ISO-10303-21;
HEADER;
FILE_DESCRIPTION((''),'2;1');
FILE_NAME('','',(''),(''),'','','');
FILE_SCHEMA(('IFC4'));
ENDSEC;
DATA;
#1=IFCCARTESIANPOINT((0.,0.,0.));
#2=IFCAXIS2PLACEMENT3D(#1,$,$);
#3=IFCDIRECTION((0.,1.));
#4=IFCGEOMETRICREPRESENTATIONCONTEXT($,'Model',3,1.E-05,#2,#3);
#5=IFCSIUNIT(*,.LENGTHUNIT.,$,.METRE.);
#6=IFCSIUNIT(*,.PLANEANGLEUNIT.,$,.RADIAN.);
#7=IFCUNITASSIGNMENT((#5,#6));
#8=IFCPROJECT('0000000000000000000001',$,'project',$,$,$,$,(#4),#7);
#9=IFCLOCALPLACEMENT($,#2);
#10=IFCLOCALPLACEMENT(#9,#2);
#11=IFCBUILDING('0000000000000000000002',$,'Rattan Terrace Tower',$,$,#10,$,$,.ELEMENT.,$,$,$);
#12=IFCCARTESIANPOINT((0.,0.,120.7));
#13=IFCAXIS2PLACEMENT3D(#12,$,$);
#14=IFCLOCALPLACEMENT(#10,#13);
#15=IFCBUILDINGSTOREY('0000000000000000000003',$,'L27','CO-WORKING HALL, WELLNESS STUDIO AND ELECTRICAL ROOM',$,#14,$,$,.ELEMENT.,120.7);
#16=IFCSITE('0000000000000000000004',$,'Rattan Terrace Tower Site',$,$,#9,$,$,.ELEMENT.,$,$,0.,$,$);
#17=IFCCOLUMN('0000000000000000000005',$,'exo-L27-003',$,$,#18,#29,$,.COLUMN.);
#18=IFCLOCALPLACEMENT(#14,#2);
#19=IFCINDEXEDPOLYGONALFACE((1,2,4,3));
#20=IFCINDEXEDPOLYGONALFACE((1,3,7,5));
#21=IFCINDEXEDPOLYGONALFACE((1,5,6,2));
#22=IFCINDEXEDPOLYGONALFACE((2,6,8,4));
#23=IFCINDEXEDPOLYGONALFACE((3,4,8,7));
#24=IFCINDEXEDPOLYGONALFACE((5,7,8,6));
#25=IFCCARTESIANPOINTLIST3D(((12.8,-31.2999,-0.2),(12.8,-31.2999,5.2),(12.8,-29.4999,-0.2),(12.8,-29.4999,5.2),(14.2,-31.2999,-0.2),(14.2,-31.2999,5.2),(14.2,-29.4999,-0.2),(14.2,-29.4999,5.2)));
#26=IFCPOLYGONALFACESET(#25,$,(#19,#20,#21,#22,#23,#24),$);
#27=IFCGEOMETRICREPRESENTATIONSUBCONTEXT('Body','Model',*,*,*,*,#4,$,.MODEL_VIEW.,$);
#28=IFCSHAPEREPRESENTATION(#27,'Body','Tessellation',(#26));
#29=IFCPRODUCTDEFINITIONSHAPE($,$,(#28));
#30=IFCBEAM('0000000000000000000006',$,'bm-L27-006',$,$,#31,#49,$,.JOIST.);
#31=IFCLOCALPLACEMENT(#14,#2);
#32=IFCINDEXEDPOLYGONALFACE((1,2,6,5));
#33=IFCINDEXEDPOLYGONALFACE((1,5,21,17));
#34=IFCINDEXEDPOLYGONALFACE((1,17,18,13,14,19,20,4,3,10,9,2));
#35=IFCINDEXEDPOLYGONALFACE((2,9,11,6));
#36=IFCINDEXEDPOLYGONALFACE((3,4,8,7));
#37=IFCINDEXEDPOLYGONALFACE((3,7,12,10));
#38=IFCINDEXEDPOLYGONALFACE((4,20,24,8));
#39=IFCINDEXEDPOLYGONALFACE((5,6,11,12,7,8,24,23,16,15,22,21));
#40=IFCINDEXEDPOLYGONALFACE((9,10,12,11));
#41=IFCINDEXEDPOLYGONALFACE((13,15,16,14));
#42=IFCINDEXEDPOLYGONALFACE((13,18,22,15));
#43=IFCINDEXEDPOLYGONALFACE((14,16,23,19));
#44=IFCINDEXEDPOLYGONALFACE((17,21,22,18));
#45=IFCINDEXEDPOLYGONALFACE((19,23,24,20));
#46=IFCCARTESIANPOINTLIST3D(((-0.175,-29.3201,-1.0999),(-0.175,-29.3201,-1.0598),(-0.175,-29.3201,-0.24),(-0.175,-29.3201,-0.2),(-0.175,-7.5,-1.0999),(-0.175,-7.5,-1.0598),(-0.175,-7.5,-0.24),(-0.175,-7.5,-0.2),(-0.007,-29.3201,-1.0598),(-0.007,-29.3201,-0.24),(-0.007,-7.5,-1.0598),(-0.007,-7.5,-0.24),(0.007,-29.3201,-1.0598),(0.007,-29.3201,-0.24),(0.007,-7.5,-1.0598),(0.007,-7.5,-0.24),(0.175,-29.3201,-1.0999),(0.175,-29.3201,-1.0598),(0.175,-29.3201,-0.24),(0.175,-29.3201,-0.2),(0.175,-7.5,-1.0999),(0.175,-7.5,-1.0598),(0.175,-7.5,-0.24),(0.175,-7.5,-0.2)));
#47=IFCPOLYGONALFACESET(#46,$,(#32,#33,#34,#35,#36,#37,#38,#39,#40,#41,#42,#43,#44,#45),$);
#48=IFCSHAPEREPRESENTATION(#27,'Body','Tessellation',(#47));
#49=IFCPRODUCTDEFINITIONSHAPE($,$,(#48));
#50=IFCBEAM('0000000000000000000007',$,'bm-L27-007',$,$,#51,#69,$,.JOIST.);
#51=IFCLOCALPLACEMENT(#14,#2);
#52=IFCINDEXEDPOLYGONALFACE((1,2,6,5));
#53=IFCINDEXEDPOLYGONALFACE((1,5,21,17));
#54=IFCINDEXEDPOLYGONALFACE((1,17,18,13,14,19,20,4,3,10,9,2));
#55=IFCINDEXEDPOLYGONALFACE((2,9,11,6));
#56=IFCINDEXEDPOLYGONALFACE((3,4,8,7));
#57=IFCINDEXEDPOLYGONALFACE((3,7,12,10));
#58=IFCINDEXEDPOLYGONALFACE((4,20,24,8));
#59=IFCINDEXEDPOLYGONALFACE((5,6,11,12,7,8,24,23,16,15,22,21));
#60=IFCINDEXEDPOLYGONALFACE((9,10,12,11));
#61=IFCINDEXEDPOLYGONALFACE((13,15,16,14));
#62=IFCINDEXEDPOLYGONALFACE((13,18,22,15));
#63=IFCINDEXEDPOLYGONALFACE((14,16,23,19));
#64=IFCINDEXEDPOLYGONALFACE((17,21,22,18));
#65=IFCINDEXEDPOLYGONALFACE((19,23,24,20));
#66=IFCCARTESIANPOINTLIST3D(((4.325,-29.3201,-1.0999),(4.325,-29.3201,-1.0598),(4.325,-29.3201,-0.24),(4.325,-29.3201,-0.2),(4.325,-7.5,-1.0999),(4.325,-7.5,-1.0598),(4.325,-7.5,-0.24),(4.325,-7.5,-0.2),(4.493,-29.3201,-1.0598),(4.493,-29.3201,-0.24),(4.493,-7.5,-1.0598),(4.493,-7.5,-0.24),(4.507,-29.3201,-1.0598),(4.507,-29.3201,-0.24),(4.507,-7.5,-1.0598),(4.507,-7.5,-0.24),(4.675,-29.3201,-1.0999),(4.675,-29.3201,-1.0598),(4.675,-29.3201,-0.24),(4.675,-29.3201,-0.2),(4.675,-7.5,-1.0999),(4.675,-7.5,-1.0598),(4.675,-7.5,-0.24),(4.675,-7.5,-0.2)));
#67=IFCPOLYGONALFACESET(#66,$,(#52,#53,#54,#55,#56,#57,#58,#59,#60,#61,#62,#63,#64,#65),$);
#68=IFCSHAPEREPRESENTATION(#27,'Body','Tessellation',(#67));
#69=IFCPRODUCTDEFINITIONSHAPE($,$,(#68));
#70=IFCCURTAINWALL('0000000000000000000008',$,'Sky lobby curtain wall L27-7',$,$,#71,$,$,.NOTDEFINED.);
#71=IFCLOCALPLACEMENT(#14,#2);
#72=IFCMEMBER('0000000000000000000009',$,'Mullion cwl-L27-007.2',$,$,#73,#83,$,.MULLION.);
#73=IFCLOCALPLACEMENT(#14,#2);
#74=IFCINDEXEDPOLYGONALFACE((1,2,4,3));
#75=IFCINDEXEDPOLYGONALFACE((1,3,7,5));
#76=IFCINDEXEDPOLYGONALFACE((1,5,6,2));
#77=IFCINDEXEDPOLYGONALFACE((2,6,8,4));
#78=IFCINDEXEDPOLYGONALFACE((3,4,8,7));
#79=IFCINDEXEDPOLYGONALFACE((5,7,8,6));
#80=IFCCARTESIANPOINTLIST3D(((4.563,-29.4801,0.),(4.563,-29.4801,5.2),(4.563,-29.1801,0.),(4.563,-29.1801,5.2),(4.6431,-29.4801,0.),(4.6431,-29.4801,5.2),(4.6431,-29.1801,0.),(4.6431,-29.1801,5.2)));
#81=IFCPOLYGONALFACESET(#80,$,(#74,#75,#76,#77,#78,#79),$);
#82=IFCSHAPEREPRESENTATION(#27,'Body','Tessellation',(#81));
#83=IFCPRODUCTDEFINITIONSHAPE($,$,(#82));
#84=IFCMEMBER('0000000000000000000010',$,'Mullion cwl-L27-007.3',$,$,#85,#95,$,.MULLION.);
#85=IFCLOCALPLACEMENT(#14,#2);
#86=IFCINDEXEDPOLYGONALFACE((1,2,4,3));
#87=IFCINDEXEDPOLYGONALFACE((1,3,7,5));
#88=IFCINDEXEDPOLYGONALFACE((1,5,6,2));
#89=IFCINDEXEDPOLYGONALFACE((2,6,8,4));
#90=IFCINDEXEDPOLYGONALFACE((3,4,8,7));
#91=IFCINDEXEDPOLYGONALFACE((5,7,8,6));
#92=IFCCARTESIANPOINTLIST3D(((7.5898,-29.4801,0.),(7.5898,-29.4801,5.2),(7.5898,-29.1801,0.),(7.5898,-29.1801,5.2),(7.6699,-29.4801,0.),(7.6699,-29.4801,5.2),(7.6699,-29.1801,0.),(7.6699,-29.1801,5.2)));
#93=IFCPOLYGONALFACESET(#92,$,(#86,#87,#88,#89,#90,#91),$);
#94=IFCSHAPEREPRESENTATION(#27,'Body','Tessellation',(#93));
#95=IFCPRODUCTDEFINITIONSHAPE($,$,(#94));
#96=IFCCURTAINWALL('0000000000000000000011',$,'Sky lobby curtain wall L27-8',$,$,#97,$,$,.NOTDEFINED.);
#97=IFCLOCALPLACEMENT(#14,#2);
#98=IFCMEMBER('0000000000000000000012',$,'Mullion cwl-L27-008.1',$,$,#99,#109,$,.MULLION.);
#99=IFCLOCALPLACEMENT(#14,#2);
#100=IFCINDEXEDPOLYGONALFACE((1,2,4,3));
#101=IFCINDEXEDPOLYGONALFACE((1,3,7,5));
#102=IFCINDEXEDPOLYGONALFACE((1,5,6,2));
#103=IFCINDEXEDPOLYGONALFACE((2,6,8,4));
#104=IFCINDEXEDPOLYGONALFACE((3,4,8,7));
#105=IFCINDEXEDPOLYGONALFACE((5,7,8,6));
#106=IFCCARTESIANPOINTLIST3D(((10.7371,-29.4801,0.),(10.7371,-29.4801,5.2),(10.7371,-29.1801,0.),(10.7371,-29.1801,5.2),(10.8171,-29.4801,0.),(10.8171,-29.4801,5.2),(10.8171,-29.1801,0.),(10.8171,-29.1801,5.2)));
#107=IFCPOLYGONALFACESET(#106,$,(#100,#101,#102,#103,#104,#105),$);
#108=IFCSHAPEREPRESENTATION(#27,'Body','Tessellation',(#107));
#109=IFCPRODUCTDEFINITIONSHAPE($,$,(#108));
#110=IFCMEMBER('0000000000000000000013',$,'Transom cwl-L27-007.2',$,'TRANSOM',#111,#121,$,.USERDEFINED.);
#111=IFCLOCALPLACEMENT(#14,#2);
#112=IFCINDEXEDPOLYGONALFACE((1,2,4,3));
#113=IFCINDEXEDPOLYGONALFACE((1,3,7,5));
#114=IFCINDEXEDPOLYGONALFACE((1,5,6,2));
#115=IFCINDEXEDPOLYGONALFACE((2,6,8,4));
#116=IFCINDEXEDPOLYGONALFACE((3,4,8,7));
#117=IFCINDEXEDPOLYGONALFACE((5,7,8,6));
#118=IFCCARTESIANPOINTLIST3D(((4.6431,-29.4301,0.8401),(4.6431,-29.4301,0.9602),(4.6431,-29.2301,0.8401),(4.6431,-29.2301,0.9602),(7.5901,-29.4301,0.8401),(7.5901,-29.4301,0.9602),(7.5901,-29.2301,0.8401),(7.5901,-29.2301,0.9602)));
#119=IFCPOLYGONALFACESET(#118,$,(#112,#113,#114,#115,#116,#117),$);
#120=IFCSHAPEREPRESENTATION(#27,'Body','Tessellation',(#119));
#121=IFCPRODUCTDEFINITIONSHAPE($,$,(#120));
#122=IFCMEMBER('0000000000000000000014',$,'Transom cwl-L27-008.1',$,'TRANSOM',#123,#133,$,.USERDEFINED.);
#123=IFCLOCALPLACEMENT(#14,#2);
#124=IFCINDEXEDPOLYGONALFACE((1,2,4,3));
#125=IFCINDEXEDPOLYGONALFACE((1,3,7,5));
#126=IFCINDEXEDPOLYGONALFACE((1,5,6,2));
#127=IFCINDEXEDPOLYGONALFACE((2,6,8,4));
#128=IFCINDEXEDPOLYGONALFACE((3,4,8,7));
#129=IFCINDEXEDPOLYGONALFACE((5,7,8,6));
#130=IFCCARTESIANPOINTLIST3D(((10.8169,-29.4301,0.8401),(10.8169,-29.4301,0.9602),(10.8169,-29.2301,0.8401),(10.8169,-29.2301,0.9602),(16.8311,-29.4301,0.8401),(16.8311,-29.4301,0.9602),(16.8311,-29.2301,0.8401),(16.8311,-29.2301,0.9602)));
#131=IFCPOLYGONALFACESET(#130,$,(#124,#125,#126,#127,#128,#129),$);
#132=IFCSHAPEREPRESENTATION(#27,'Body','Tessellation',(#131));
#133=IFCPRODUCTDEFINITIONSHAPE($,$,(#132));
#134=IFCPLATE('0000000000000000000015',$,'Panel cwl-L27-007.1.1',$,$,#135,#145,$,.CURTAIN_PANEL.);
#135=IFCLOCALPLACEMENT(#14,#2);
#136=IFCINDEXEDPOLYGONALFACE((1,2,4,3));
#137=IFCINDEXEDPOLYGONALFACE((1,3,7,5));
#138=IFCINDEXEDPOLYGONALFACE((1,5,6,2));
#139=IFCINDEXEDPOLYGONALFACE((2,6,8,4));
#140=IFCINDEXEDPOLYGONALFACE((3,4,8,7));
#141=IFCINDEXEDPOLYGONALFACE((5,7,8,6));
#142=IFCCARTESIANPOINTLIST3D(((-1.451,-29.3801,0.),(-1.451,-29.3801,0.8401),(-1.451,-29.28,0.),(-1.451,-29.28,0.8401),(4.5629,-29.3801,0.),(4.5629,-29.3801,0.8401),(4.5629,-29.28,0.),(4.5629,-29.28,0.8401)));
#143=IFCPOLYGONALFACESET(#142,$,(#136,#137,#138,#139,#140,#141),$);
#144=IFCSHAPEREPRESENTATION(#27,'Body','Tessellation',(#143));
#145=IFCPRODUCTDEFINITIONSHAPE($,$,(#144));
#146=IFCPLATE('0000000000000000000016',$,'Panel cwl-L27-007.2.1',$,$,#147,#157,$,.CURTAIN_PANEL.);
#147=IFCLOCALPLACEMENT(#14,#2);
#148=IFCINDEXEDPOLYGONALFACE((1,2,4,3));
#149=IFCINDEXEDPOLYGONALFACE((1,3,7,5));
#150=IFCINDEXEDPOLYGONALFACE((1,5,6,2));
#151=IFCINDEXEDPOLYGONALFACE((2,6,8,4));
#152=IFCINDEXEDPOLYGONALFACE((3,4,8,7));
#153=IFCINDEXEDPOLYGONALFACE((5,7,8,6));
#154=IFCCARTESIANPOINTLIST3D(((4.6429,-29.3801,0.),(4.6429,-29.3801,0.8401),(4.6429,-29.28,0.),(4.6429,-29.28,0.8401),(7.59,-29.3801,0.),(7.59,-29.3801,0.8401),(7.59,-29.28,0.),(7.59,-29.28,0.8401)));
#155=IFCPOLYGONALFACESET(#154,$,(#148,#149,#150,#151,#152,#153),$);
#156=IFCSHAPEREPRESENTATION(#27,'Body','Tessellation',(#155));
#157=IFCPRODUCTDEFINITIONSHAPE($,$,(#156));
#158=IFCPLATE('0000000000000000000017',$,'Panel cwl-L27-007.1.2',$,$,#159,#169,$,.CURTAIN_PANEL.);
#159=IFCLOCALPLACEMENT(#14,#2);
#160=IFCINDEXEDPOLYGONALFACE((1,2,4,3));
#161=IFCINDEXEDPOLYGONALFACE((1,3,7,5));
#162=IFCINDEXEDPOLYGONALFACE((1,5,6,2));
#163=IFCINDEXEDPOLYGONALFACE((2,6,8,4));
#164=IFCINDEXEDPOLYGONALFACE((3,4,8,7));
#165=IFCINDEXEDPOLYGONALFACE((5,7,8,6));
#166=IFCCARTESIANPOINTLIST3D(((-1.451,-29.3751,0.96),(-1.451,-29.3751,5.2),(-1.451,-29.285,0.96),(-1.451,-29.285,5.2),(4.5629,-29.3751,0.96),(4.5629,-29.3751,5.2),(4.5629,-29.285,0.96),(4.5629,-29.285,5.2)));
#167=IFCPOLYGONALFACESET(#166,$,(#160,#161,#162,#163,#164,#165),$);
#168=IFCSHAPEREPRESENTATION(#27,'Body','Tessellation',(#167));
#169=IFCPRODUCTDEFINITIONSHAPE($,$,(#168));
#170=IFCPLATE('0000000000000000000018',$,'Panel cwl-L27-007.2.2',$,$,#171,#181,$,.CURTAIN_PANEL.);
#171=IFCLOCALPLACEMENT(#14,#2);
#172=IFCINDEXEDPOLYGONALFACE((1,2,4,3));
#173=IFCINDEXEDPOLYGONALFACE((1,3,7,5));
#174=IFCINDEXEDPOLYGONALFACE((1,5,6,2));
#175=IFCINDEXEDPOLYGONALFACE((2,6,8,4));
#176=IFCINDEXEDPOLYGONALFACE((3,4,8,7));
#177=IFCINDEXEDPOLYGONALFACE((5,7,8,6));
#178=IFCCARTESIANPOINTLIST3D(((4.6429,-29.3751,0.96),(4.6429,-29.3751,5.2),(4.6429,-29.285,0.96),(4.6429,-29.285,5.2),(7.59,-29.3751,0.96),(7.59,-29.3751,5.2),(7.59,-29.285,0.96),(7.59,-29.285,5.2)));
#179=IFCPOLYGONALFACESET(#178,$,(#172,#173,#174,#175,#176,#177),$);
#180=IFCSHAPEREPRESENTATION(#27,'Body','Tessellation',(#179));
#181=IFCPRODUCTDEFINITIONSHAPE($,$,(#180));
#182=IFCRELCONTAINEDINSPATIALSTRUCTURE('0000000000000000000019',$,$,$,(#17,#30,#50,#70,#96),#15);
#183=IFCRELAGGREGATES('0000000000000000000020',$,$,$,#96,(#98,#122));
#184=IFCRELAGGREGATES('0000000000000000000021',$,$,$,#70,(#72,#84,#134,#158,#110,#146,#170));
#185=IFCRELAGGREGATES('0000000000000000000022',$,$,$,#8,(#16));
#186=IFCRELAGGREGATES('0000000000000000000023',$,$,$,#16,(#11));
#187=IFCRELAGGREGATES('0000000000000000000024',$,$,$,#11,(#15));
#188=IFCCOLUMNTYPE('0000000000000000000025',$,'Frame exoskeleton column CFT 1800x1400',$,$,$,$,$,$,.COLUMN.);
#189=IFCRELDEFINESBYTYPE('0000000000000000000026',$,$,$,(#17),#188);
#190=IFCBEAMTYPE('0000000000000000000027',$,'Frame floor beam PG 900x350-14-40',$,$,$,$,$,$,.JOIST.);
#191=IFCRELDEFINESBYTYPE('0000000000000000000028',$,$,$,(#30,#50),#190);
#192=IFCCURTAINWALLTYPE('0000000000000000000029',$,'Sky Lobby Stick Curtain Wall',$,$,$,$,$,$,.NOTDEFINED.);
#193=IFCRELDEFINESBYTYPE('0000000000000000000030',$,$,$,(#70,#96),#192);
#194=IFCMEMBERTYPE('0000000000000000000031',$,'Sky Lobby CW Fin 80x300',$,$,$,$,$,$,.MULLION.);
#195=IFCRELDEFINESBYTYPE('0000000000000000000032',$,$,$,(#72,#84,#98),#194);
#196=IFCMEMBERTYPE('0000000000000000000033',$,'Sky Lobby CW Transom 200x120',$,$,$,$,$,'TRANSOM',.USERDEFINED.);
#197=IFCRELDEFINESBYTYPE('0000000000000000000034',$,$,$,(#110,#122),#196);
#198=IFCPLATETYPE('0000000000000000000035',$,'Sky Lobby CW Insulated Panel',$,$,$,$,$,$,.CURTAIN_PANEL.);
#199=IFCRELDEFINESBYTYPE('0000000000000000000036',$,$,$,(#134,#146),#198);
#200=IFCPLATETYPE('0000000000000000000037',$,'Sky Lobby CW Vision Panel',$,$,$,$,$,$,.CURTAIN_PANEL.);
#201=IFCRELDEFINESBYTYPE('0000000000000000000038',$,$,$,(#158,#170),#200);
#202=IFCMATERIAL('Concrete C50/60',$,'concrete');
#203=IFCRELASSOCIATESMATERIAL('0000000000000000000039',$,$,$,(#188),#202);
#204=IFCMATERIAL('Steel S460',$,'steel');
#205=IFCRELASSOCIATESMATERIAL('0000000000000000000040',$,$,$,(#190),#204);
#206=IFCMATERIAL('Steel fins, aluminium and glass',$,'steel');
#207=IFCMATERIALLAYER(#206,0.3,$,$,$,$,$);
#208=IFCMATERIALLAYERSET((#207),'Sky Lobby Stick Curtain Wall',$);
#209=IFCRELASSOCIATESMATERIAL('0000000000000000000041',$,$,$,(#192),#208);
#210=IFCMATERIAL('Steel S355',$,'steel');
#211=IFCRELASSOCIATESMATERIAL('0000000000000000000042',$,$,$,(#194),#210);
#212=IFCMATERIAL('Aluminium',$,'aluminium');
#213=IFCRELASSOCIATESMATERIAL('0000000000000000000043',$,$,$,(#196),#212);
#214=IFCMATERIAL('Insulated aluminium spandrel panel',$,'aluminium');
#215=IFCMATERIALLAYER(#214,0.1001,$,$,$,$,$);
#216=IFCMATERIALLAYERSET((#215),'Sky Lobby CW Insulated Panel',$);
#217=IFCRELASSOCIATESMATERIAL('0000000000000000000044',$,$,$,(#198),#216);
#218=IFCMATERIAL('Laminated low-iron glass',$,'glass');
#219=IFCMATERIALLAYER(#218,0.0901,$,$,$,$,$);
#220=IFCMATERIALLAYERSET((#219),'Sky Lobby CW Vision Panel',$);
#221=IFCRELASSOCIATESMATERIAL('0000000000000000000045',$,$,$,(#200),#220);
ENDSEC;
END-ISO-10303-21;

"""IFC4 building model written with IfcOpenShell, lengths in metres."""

from ifc_helpers import new_model, si_unit, direction, frame, origin, origin_2d, place, context, subcontext, project, spatial, rectangle, i_section, extrude, material, layer, layer_set, material_profile, profile_set, type_object, element, aggregate, save


model = new_model("IFC4")

# Units and contexts
model_context = context("Model", 3, precision=1e-05, world=origin(), true_north=direction((0.0, 1.0)))
body_context = subcontext(model_context, "Body", "Model", "MODEL_VIEW")
ifc_project = project(units=[si_unit("LENGTHUNIT", "METRE"), si_unit("PLANEANGLEUNIT", "RADIAN")], contexts=[model_context])

# Site, building, storey
site_placement = place(None, origin())
site = spatial("IfcSite", under=ifc_project, at=site_placement, Name="Rattan Terrace Tower Site", CompositionType="ELEMENT", RefElevation=0.0)
building_placement = place(site_placement, origin())
building = spatial("IfcBuilding", under=site, at=building_placement, Name="Rattan Terrace Tower", CompositionType="ELEMENT")
storey_placement = place(building_placement, frame((0.0, 0.0, 120.7)))
storey = spatial("IfcBuildingStorey", under=building, at=storey_placement, Name="L27", Description="CO-WORKING HALL, WELLNESS STUDIO AND ELECTRICAL ROOM", CompositionType="ELEMENT", Elevation=120.7)

# Column
ifc_material_1 = material(Name="Concrete C50/60", Category="concrete")
ifc_material_profile_1 = material_profile(ifc_material_1, rectangle(XDim=1.3999, YDim=1.8, at=origin_2d()), Name="CFT 1800x1400")
ifc_profile_set_1 = profile_set([ifc_material_profile_1], Name="Concrete C50/60")
column_type = type_object("IfcColumnType", Name="Frame exoskeleton column CFT 1800x1400", PredefinedType="COLUMN", material=ifc_profile_set_1)
column_placement = place(storey_placement, frame((13.5, -30.3999, -0.2), z_axis=(0.0, 0.0, 1.0), x_axis=(1.0, 0.0, 0.0)))
element("IfcColumn", 1, at=column_placement, inside=storey, type_object=column_type, Name="exo-L27-003", PredefinedType="COLUMN", context=body_context, shape_type="SweptSolid", body=[
    extrude(rectangle(XDim=1.3999, YDim=1.8, at=origin_2d()), origin(), (0.0, 0.0, 1.0), 5.3999),
])

# Beams
ifc_material_2 = material(Name="Steel S460", Category="steel")
ifc_material_profile_2 = material_profile(ifc_material_2, i_section(OverallWidth=0.3501, OverallDepth=0.8999, WebThickness=0.0139, FlangeThickness=0.04, at=origin_2d()), Name="PG 900x350-14-40")
ifc_profile_set_2 = profile_set([ifc_material_profile_2], Name="Steel S460")
beam_type = type_object("IfcBeamType", Name="Frame floor beam PG 900x350-14-40", PredefinedType="JOIST", material=ifc_profile_set_2)
for number, where, z_axis, x_axis, name in (
    (2, (0.0, -29.3201, -0.6499), (0.0, 1.0, 0.0), (-1.0, 0.0, 0.0), "bm-L27-006"),
    (3, (4.5, -29.3201, -0.6499), (0.0, 1.0, 0.0), (-1.0, 0.0, 0.0), "bm-L27-007"),
):
    element("IfcBeam", number, at=place(storey_placement, frame(where, z_axis=z_axis, x_axis=x_axis)), inside=storey, type_object=beam_type, Name=name, PredefinedType="JOIST", context=body_context, shape_type="SweptSolid", body=[
        extrude(i_section(OverallWidth=0.3501, OverallDepth=0.8999, WebThickness=0.0139, FlangeThickness=0.04, at=origin_2d()), origin(), (0.0, 0.0, 1.0), 21.8201),
    ])

# Curtain wall, members
ifc_material_3 = material(Name="Steel fins, aluminium and glass", Category="steel")
ifc_layer_1 = layer(ifc_material_3, 0.3)
ifc_layer_set_1 = layer_set([ifc_layer_1], Name="Sky Lobby Stick Curtain Wall")
curtain_wall_type = type_object("IfcCurtainWallType", Name="Sky Lobby Stick Curtain Wall", PredefinedType="NOTDEFINED", material=ifc_layer_set_1)
curtain_wall_1_placement = place(storey_placement, origin())
curtain_wall_1 = element("IfcCurtainWall", 4, at=curtain_wall_1_placement, inside=storey, type_object=curtain_wall_type, Name="Sky lobby curtain wall L27-7", PredefinedType="NOTDEFINED")
ifc_material_4 = material(Name="Steel S355", Category="steel")
ifc_material_profile_3 = material_profile(ifc_material_4, rectangle(XDim=0.0801, YDim=0.3, at=origin_2d()), Name="Steel S355 80x300")
ifc_profile_set_3 = profile_set([ifc_material_profile_3], Name="Steel S355")
member_type_1 = type_object("IfcMemberType", Name="Sky Lobby CW Fin 80x300", PredefinedType="MULLION", material=ifc_profile_set_3)
member_1_placement = place(storey_placement, frame((4.603, -29.3301, 0.0), z_axis=(0.0, 0.0, 1.0), x_axis=(1.0, 0.0, 0.0)))
member_1 = element("IfcMember", 5, at=member_1_placement, type_object=member_type_1, Name="Mullion cwl-L27-007.2", PredefinedType="MULLION", context=body_context, shape_type="SweptSolid", body=[
    extrude(rectangle(XDim=0.0801, YDim=0.3, at=origin_2d()), origin(), (0.0, 0.0, 1.0), 5.2),
])
member_2_placement = place(storey_placement, frame((7.6299, -29.3301, 0.0), z_axis=(0.0, 0.0, 1.0), x_axis=(1.0, 0.0, 0.0)))
member_2 = element("IfcMember", 6, at=member_2_placement, type_object=member_type_1, Name="Mullion cwl-L27-007.3", PredefinedType="MULLION", context=body_context, shape_type="SweptSolid", body=[
    extrude(rectangle(XDim=0.0801, YDim=0.3, at=origin_2d()), origin(), (0.0, 0.0, 1.0), 5.2),
])

# Curtain wall, member
curtain_wall_2_placement = place(storey_placement, origin())
curtain_wall_2 = element("IfcCurtainWall", 7, at=curtain_wall_2_placement, inside=storey, type_object=curtain_wall_type, Name="Sky lobby curtain wall L27-8", PredefinedType="NOTDEFINED")
member_3_placement = place(storey_placement, frame((10.7771, -29.3301, 0.0), z_axis=(0.0, 0.0, 1.0), x_axis=(1.0, 0.0, 0.0)))
member_3 = element("IfcMember", 8, at=member_3_placement, type_object=member_type_1, Name="Mullion cwl-L27-008.1", PredefinedType="MULLION", context=body_context, shape_type="SweptSolid", body=[
    extrude(rectangle(XDim=0.0801, YDim=0.3, at=origin_2d()), origin(), (0.0, 0.0, 1.0), 5.2),
])

# Members
ifc_material_5 = material(Name="Aluminium", Category="aluminium")
ifc_material_profile_4 = material_profile(ifc_material_5, rectangle(XDim=0.2, YDim=0.1201, at=origin_2d()), Name="Aluminium 200x120")
ifc_profile_set_4 = profile_set([ifc_material_profile_4], Name="Aluminium")
member_type_2 = type_object("IfcMemberType", Name="Sky Lobby CW Transom 200x120", ElementType="TRANSOM", PredefinedType="USERDEFINED", material=ifc_profile_set_4)
member_4_placement = place(storey_placement, frame((4.6431, -29.3301, 0.9001), z_axis=(1.0, 0.0, 0.0), x_axis=(0.0, 1.0, 0.0)))
member_4 = element("IfcMember", 9, at=member_4_placement, type_object=member_type_2, Name="Transom cwl-L27-007.2", ObjectType="TRANSOM", PredefinedType="USERDEFINED", context=body_context, shape_type="SweptSolid", body=[
    extrude(rectangle(XDim=0.2, YDim=0.1201, at=origin_2d()), origin(), (0.0, 0.0, 1.0), 2.947),
])
member_5_placement = place(storey_placement, frame((10.8169, -29.3301, 0.9001), z_axis=(1.0, 0.0, 0.0), x_axis=(0.0, 1.0, 0.0)))
member_5 = element("IfcMember", 10, at=member_5_placement, type_object=member_type_2, Name="Transom cwl-L27-008.1", ObjectType="TRANSOM", PredefinedType="USERDEFINED", context=body_context, shape_type="SweptSolid", body=[
    extrude(rectangle(XDim=0.2, YDim=0.1201, at=origin_2d()), origin(), (0.0, 0.0, 1.0), 6.0142),
])
aggregate(curtain_wall_2, [member_3, member_5])

# Plates
ifc_material_6 = material(Name="Insulated aluminium spandrel panel", Category="aluminium")
ifc_layer_2 = layer(ifc_material_6, 0.1001)
ifc_layer_set_2 = layer_set([ifc_layer_2], Name="Sky Lobby CW Insulated Panel")
plate_type_1 = type_object("IfcPlateType", Name="Sky Lobby CW Insulated Panel", PredefinedType="CURTAIN_PANEL", material=ifc_layer_set_2)
plate_1_placement = place(storey_placement, frame((1.5559, -29.3301, 0.0), z_axis=(0.0, 0.0, 1.0), x_axis=(1.0, 0.0, 0.0)))
plate_1 = element("IfcPlate", 11, at=plate_1_placement, type_object=plate_type_1, Name="Panel cwl-L27-007.1.1", PredefinedType="CURTAIN_PANEL", context=body_context, shape_type="SweptSolid", body=[
    extrude(rectangle(XDim=6.0139, YDim=0.1001, at=origin_2d()), origin(), (0.0, 0.0, 1.0), 0.8401),
])
plate_2_placement = place(storey_placement, frame((6.1165, -29.3301, 0.0), z_axis=(0.0, 0.0, 1.0), x_axis=(1.0, 0.0, 0.0)))
plate_2 = element("IfcPlate", 12, at=plate_2_placement, type_object=plate_type_1, Name="Panel cwl-L27-007.2.1", PredefinedType="CURTAIN_PANEL", context=body_context, shape_type="SweptSolid", body=[
    extrude(rectangle(XDim=2.947, YDim=0.1001, at=origin_2d()), origin(), (0.0, 0.0, 1.0), 0.8401),
])
ifc_material_7 = material(Name="Laminated low-iron glass", Category="glass")
ifc_layer_3 = layer(ifc_material_7, 0.0901)
ifc_layer_set_3 = layer_set([ifc_layer_3], Name="Sky Lobby CW Vision Panel")
plate_type_2 = type_object("IfcPlateType", Name="Sky Lobby CW Vision Panel", PredefinedType="CURTAIN_PANEL", material=ifc_layer_set_3)
plate_3_placement = place(storey_placement, frame((1.5559, -29.3301, 0.96), z_axis=(0.0, 0.0, 1.0), x_axis=(1.0, 0.0, 0.0)))
plate_3 = element("IfcPlate", 13, at=plate_3_placement, type_object=plate_type_2, Name="Panel cwl-L27-007.1.2", PredefinedType="CURTAIN_PANEL", context=body_context, shape_type="SweptSolid", body=[
    extrude(rectangle(XDim=6.0139, YDim=0.0901, at=origin_2d()), origin(), (0.0, 0.0, 1.0), 4.24),
])
plate_4_placement = place(storey_placement, frame((6.1165, -29.3301, 0.96), z_axis=(0.0, 0.0, 1.0), x_axis=(1.0, 0.0, 0.0)))
plate_4 = element("IfcPlate", 14, at=plate_4_placement, type_object=plate_type_2, Name="Panel cwl-L27-007.2.2", PredefinedType="CURTAIN_PANEL", context=body_context, shape_type="SweptSolid", body=[
    extrude(rectangle(XDim=2.947, YDim=0.0901, at=origin_2d()), origin(), (0.0, 0.0, 1.0), 4.24),
])
aggregate(curtain_wall_1, [member_1, member_2, plate_1, plate_3, member_4, plate_2, plate_4])

save(model, "model.ifc")
